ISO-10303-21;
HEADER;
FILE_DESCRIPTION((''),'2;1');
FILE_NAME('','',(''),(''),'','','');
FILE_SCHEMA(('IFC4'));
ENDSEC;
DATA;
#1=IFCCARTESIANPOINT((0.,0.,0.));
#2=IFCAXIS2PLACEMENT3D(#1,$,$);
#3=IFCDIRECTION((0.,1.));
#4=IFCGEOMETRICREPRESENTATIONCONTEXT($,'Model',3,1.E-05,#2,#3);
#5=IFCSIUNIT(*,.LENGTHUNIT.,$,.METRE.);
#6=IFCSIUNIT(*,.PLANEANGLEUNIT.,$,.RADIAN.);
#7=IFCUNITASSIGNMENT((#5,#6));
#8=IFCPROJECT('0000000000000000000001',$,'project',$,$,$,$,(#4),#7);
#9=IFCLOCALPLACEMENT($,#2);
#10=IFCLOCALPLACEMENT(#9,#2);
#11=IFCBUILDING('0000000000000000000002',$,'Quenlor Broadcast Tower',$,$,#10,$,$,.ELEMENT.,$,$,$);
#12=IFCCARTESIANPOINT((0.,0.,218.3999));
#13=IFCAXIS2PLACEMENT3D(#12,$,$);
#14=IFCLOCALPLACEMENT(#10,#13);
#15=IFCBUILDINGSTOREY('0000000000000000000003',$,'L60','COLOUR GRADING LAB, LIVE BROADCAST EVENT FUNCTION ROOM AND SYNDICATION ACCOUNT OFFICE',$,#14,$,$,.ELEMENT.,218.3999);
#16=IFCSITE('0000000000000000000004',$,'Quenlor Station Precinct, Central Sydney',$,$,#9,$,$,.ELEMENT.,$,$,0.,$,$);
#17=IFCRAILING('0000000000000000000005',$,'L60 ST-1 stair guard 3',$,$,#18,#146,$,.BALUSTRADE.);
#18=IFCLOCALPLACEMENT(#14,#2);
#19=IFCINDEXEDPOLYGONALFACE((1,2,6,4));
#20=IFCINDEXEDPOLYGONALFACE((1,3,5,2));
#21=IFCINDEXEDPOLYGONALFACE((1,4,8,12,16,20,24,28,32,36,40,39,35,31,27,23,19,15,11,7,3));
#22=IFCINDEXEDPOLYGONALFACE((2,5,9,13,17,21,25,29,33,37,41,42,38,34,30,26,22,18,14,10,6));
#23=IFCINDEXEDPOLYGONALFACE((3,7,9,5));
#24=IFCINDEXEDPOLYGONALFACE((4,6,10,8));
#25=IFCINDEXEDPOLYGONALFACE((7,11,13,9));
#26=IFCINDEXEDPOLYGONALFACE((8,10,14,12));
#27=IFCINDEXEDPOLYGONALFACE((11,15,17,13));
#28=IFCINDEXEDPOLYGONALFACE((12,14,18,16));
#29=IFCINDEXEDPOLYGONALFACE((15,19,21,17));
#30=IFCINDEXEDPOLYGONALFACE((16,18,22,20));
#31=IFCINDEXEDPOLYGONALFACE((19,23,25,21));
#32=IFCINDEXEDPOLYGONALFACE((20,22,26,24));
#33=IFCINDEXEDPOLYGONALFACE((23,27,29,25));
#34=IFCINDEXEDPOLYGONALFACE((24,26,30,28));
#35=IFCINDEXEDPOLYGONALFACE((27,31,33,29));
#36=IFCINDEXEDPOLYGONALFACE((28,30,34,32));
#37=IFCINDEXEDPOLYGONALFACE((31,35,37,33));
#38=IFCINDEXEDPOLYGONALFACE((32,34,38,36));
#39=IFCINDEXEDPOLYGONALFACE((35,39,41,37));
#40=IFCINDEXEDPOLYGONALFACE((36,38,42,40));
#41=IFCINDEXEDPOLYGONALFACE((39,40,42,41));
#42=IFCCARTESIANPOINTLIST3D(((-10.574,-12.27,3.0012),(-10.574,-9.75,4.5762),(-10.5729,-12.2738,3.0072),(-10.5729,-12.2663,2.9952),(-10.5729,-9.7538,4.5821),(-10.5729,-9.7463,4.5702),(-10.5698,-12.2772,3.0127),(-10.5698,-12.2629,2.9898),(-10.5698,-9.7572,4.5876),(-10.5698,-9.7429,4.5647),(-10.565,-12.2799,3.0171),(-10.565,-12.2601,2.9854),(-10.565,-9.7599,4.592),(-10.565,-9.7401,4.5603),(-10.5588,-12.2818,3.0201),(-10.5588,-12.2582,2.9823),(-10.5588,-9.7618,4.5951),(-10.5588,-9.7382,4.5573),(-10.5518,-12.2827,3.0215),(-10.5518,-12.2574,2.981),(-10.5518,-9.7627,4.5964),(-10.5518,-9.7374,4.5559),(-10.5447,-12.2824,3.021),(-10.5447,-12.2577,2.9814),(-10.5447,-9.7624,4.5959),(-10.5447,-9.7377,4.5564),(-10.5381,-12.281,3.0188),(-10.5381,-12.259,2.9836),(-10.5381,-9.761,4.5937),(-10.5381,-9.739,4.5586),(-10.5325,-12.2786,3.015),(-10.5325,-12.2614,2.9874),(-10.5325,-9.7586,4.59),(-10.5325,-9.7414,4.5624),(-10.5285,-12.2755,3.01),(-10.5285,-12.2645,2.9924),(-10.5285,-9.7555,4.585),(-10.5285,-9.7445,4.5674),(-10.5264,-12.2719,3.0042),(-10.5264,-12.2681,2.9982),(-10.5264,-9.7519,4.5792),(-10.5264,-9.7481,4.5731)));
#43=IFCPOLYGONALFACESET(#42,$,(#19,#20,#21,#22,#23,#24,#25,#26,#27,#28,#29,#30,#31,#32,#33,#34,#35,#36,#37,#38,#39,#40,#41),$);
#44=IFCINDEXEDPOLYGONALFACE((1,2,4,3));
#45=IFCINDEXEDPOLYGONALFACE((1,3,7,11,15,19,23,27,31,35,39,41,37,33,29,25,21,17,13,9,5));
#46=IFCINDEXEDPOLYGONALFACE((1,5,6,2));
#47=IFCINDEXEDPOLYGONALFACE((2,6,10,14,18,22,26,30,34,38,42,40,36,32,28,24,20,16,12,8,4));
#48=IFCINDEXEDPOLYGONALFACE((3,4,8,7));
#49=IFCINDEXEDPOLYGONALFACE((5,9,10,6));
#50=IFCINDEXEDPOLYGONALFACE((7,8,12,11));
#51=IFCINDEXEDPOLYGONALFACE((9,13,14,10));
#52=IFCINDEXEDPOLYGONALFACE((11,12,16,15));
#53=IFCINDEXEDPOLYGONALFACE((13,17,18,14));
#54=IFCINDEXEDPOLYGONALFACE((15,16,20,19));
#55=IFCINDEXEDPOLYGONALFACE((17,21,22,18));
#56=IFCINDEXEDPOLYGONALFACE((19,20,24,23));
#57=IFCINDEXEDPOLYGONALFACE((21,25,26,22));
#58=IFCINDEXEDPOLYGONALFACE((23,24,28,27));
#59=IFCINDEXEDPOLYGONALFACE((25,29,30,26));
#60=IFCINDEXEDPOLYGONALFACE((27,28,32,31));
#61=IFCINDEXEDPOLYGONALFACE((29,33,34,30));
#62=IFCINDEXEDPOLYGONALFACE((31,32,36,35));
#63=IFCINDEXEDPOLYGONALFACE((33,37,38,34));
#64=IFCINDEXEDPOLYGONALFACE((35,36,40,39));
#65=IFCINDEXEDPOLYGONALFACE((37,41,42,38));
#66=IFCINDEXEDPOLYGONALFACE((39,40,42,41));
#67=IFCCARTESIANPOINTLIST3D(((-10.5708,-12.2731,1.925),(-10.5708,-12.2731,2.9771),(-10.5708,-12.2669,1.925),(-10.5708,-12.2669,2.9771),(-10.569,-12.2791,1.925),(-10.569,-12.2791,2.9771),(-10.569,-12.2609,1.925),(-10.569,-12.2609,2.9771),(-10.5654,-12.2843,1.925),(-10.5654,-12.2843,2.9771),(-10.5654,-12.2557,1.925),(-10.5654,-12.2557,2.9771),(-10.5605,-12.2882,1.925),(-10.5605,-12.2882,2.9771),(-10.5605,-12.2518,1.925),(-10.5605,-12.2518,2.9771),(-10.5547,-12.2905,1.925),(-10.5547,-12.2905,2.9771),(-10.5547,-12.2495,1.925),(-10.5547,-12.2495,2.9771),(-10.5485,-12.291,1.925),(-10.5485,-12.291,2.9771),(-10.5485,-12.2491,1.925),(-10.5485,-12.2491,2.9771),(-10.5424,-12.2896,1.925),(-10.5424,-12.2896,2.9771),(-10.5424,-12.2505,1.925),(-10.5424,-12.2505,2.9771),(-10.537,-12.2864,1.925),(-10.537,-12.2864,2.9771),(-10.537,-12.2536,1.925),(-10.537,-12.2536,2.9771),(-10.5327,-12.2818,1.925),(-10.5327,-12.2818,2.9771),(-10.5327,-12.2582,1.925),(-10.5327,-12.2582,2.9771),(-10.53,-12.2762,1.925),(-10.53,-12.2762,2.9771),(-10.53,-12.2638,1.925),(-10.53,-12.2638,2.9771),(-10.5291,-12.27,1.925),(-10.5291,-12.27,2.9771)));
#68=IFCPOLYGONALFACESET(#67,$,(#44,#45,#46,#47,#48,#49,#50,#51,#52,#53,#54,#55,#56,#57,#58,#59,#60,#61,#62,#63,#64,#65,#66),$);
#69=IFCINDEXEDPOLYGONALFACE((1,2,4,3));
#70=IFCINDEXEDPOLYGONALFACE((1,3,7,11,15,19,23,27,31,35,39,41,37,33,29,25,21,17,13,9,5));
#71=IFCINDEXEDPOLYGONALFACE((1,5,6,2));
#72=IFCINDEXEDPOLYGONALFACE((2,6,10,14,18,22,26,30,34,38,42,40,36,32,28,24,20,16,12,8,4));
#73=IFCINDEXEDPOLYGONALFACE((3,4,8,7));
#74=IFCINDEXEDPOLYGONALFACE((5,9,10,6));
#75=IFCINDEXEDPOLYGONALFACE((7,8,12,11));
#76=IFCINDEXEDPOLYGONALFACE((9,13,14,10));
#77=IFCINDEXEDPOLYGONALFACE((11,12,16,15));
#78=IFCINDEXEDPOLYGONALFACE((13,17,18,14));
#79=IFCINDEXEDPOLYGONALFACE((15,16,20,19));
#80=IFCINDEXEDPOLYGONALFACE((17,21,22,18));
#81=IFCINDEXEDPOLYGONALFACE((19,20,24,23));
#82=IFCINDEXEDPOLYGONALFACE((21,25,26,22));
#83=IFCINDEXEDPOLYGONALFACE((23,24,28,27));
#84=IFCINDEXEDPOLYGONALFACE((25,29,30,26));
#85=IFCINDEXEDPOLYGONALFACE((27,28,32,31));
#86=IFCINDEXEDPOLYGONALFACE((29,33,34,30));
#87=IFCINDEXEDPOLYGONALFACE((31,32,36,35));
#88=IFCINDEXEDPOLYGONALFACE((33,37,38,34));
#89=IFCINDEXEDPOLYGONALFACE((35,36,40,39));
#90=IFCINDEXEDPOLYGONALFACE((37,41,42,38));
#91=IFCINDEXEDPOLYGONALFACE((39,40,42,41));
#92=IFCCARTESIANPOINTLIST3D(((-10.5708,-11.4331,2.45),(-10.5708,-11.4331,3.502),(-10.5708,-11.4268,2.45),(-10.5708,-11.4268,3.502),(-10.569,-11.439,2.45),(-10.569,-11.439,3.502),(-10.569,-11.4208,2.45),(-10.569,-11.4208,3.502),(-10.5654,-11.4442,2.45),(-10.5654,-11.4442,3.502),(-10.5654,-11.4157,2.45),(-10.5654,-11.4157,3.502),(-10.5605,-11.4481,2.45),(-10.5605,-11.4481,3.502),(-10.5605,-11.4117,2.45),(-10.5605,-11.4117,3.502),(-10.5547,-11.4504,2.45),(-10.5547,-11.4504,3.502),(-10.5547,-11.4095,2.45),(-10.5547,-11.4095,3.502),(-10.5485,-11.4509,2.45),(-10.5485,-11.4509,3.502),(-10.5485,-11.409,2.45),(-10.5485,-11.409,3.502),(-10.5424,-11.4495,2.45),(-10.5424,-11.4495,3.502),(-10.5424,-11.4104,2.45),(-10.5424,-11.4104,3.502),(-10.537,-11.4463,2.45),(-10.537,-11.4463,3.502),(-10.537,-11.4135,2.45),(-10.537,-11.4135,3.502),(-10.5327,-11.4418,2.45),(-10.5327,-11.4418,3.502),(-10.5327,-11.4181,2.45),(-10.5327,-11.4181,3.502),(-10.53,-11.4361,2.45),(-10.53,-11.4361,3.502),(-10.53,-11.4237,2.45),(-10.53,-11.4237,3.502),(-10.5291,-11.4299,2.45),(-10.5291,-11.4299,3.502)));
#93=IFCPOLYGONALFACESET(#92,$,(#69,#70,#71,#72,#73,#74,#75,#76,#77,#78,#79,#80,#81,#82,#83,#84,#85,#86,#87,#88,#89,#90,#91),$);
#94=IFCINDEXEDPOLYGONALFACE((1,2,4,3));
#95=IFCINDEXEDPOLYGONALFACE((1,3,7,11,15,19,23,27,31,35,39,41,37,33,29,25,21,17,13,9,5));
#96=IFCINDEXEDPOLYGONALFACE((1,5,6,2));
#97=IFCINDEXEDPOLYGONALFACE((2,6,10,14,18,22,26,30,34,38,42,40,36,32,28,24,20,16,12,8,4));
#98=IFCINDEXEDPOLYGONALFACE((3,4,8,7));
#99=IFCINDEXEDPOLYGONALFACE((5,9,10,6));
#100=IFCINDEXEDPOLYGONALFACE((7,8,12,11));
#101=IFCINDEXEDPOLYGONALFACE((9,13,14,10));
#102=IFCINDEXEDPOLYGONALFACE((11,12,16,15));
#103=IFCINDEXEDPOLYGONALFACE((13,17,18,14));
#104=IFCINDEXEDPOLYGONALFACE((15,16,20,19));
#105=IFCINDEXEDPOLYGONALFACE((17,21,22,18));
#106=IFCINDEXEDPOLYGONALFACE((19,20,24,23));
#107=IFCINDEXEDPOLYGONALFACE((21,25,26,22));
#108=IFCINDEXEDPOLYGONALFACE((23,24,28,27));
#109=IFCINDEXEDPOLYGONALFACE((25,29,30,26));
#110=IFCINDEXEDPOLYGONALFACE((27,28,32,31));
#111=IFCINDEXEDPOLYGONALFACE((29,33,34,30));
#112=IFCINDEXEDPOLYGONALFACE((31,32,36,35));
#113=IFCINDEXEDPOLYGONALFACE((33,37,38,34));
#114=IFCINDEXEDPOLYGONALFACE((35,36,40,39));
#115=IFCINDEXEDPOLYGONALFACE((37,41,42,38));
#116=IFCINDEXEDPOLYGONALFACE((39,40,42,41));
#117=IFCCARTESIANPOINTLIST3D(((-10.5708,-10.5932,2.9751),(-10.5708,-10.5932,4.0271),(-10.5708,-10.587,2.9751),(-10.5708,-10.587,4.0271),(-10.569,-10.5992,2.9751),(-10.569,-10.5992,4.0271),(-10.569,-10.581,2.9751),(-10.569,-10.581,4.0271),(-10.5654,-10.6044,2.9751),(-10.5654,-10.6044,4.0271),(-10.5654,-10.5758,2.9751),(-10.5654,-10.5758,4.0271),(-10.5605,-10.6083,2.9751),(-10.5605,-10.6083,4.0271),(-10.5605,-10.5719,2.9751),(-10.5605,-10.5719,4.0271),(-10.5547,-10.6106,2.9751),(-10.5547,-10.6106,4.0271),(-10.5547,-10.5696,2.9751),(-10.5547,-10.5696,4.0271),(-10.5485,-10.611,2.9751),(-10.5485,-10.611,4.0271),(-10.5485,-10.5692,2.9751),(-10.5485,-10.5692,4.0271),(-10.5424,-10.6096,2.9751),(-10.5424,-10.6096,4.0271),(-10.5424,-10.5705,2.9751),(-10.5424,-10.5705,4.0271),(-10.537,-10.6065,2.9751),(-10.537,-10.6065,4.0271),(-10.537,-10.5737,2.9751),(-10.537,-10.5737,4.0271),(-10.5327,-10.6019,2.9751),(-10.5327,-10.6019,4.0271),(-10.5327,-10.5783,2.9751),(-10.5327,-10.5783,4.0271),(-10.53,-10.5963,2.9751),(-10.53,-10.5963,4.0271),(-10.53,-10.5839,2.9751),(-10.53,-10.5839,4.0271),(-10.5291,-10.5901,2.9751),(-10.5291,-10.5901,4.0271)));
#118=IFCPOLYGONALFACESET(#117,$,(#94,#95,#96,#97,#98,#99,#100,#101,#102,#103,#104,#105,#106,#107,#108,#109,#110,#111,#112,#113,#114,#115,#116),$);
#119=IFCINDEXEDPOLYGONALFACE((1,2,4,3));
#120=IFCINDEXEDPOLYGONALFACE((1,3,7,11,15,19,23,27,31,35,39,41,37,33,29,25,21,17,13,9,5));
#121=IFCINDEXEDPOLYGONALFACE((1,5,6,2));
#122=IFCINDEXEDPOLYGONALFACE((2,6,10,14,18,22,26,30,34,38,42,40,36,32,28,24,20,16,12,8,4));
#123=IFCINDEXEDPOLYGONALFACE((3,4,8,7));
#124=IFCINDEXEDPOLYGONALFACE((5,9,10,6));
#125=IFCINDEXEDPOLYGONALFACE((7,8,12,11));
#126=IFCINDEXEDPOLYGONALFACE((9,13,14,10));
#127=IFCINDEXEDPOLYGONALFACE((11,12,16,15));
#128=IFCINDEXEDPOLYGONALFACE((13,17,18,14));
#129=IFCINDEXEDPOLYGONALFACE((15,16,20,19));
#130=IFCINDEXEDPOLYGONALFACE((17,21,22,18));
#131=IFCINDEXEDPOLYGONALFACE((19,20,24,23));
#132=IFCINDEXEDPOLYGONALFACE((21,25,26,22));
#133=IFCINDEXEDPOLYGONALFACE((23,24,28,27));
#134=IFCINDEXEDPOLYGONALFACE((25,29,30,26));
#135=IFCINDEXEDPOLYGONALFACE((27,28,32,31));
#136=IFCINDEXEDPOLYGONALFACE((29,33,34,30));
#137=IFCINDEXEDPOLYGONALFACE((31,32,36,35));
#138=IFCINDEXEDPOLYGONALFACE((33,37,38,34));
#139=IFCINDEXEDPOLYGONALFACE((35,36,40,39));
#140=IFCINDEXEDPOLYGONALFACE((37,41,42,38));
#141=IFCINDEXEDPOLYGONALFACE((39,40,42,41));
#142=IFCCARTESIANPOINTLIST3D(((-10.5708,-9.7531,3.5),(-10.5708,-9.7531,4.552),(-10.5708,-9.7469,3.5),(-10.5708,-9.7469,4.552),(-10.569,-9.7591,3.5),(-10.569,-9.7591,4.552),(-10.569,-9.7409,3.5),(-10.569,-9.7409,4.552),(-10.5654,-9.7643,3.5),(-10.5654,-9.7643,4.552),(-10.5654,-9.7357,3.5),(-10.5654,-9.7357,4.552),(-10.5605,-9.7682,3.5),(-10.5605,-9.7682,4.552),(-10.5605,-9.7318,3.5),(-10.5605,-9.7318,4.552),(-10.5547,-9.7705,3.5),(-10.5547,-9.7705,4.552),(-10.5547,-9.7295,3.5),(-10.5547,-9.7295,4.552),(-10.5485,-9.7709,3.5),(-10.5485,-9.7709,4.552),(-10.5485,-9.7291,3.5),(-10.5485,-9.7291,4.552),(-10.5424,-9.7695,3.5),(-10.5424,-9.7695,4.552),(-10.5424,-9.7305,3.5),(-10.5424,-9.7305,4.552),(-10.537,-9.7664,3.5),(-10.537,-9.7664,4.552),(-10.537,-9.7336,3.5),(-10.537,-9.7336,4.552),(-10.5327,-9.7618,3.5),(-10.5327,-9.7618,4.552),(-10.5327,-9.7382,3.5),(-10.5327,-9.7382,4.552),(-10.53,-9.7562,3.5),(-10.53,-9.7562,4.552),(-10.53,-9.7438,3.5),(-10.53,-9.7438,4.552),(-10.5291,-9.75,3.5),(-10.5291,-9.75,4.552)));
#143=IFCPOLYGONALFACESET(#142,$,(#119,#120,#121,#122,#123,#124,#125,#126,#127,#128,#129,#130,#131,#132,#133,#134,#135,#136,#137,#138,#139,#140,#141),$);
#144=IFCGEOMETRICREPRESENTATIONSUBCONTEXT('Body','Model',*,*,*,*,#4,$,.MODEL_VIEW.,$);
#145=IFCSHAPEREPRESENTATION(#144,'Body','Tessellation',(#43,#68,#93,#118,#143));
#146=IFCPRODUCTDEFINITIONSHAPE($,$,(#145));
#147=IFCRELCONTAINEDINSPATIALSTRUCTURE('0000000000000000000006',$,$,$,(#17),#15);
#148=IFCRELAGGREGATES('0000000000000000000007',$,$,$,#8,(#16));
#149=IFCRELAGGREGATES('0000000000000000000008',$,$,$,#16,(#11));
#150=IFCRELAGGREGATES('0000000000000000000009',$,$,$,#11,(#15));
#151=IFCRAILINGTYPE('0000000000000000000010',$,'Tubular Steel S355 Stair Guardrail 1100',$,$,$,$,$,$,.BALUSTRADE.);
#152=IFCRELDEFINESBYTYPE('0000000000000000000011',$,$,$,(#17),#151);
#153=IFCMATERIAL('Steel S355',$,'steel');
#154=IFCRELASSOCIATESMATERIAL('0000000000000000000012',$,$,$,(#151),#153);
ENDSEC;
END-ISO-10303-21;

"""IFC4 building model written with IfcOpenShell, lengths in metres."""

from ifc_helpers import new_model, si_unit, direction, frame, origin, origin_2d, place, context, subcontext, project, spatial, circle, extrude, material, type_object, element, save


model = new_model("IFC4")

# Units and contexts
model_context = context("Model", 3, precision=1e-05, world=origin(), true_north=direction((0.0, 1.0)))
body_context = subcontext(model_context, "Body", "Model", "MODEL_VIEW")
ifc_project = project(units=[si_unit("LENGTHUNIT", "METRE"), si_unit("PLANEANGLEUNIT", "RADIAN")], contexts=[model_context])

# Site, building, storey
site_placement = place(None, origin())
site = spatial("IfcSite", under=ifc_project, at=site_placement, Name="Quenlor Station Precinct, Central Sydney", CompositionType="ELEMENT", RefElevation=0.0)
building_placement = place(site_placement, origin())
building = spatial("IfcBuilding", under=site, at=building_placement, Name="Quenlor Broadcast Tower", CompositionType="ELEMENT")
storey_placement = place(building_placement, frame((0.0, 0.0, 218.3999)))
storey = spatial("IfcBuildingStorey", under=building, at=storey_placement, Name="L60", Description="COLOUR GRADING LAB, LIVE BROADCAST EVENT FUNCTION ROOM AND SYNDICATION ACCOUNT OFFICE", CompositionType="ELEMENT", Elevation=218.3999)

# Railing
ifc_material_1 = material(Name="Steel S355", Category="steel")
railing_type_1 = type_object("IfcRailingType", Name="Tubular Steel S355 Stair Guardrail 1100", PredefinedType="BALUSTRADE", material=ifc_material_1)
railing_1_placement = place(storey_placement, frame((-10.55, -12.27, 1.925)))
element("IfcRailing", 1, at=railing_1_placement, inside=storey, type_object=railing_type_1, Name="L60 ST-1 stair guard 3", PredefinedType="BALUSTRADE", context=body_context, shape_type="SweptSolid", body=[
    extrude(circle(Radius=0.0239, at=origin_2d()), frame((0.0, 0.0, 1.0762), z_axis=(0.0, 0.848008, 0.529984), x_axis=(-1.0, 0.0, 0.0)), (0.0, 0.0, 1.0), 2.9717),
    extrude(circle(Radius=0.021, at=origin_2d()), origin(), (0.0, 0.0, 1.0), 1.052),
    extrude(circle(Radius=0.021, at=origin_2d()), frame((0.0, 0.8401, 0.5249)), (0.0, 0.0, 1.0), 1.052),
    extrude(circle(Radius=0.021, at=origin_2d()), frame((0.0, 1.6799, 1.05)), (0.0, 0.0, 1.0), 1.052),
    extrude(circle(Radius=0.021, at=origin_2d()), frame((0.0, 2.52, 1.575)), (0.0, 0.0, 1.0), 1.052),
])

save(model, "model.ifc")
